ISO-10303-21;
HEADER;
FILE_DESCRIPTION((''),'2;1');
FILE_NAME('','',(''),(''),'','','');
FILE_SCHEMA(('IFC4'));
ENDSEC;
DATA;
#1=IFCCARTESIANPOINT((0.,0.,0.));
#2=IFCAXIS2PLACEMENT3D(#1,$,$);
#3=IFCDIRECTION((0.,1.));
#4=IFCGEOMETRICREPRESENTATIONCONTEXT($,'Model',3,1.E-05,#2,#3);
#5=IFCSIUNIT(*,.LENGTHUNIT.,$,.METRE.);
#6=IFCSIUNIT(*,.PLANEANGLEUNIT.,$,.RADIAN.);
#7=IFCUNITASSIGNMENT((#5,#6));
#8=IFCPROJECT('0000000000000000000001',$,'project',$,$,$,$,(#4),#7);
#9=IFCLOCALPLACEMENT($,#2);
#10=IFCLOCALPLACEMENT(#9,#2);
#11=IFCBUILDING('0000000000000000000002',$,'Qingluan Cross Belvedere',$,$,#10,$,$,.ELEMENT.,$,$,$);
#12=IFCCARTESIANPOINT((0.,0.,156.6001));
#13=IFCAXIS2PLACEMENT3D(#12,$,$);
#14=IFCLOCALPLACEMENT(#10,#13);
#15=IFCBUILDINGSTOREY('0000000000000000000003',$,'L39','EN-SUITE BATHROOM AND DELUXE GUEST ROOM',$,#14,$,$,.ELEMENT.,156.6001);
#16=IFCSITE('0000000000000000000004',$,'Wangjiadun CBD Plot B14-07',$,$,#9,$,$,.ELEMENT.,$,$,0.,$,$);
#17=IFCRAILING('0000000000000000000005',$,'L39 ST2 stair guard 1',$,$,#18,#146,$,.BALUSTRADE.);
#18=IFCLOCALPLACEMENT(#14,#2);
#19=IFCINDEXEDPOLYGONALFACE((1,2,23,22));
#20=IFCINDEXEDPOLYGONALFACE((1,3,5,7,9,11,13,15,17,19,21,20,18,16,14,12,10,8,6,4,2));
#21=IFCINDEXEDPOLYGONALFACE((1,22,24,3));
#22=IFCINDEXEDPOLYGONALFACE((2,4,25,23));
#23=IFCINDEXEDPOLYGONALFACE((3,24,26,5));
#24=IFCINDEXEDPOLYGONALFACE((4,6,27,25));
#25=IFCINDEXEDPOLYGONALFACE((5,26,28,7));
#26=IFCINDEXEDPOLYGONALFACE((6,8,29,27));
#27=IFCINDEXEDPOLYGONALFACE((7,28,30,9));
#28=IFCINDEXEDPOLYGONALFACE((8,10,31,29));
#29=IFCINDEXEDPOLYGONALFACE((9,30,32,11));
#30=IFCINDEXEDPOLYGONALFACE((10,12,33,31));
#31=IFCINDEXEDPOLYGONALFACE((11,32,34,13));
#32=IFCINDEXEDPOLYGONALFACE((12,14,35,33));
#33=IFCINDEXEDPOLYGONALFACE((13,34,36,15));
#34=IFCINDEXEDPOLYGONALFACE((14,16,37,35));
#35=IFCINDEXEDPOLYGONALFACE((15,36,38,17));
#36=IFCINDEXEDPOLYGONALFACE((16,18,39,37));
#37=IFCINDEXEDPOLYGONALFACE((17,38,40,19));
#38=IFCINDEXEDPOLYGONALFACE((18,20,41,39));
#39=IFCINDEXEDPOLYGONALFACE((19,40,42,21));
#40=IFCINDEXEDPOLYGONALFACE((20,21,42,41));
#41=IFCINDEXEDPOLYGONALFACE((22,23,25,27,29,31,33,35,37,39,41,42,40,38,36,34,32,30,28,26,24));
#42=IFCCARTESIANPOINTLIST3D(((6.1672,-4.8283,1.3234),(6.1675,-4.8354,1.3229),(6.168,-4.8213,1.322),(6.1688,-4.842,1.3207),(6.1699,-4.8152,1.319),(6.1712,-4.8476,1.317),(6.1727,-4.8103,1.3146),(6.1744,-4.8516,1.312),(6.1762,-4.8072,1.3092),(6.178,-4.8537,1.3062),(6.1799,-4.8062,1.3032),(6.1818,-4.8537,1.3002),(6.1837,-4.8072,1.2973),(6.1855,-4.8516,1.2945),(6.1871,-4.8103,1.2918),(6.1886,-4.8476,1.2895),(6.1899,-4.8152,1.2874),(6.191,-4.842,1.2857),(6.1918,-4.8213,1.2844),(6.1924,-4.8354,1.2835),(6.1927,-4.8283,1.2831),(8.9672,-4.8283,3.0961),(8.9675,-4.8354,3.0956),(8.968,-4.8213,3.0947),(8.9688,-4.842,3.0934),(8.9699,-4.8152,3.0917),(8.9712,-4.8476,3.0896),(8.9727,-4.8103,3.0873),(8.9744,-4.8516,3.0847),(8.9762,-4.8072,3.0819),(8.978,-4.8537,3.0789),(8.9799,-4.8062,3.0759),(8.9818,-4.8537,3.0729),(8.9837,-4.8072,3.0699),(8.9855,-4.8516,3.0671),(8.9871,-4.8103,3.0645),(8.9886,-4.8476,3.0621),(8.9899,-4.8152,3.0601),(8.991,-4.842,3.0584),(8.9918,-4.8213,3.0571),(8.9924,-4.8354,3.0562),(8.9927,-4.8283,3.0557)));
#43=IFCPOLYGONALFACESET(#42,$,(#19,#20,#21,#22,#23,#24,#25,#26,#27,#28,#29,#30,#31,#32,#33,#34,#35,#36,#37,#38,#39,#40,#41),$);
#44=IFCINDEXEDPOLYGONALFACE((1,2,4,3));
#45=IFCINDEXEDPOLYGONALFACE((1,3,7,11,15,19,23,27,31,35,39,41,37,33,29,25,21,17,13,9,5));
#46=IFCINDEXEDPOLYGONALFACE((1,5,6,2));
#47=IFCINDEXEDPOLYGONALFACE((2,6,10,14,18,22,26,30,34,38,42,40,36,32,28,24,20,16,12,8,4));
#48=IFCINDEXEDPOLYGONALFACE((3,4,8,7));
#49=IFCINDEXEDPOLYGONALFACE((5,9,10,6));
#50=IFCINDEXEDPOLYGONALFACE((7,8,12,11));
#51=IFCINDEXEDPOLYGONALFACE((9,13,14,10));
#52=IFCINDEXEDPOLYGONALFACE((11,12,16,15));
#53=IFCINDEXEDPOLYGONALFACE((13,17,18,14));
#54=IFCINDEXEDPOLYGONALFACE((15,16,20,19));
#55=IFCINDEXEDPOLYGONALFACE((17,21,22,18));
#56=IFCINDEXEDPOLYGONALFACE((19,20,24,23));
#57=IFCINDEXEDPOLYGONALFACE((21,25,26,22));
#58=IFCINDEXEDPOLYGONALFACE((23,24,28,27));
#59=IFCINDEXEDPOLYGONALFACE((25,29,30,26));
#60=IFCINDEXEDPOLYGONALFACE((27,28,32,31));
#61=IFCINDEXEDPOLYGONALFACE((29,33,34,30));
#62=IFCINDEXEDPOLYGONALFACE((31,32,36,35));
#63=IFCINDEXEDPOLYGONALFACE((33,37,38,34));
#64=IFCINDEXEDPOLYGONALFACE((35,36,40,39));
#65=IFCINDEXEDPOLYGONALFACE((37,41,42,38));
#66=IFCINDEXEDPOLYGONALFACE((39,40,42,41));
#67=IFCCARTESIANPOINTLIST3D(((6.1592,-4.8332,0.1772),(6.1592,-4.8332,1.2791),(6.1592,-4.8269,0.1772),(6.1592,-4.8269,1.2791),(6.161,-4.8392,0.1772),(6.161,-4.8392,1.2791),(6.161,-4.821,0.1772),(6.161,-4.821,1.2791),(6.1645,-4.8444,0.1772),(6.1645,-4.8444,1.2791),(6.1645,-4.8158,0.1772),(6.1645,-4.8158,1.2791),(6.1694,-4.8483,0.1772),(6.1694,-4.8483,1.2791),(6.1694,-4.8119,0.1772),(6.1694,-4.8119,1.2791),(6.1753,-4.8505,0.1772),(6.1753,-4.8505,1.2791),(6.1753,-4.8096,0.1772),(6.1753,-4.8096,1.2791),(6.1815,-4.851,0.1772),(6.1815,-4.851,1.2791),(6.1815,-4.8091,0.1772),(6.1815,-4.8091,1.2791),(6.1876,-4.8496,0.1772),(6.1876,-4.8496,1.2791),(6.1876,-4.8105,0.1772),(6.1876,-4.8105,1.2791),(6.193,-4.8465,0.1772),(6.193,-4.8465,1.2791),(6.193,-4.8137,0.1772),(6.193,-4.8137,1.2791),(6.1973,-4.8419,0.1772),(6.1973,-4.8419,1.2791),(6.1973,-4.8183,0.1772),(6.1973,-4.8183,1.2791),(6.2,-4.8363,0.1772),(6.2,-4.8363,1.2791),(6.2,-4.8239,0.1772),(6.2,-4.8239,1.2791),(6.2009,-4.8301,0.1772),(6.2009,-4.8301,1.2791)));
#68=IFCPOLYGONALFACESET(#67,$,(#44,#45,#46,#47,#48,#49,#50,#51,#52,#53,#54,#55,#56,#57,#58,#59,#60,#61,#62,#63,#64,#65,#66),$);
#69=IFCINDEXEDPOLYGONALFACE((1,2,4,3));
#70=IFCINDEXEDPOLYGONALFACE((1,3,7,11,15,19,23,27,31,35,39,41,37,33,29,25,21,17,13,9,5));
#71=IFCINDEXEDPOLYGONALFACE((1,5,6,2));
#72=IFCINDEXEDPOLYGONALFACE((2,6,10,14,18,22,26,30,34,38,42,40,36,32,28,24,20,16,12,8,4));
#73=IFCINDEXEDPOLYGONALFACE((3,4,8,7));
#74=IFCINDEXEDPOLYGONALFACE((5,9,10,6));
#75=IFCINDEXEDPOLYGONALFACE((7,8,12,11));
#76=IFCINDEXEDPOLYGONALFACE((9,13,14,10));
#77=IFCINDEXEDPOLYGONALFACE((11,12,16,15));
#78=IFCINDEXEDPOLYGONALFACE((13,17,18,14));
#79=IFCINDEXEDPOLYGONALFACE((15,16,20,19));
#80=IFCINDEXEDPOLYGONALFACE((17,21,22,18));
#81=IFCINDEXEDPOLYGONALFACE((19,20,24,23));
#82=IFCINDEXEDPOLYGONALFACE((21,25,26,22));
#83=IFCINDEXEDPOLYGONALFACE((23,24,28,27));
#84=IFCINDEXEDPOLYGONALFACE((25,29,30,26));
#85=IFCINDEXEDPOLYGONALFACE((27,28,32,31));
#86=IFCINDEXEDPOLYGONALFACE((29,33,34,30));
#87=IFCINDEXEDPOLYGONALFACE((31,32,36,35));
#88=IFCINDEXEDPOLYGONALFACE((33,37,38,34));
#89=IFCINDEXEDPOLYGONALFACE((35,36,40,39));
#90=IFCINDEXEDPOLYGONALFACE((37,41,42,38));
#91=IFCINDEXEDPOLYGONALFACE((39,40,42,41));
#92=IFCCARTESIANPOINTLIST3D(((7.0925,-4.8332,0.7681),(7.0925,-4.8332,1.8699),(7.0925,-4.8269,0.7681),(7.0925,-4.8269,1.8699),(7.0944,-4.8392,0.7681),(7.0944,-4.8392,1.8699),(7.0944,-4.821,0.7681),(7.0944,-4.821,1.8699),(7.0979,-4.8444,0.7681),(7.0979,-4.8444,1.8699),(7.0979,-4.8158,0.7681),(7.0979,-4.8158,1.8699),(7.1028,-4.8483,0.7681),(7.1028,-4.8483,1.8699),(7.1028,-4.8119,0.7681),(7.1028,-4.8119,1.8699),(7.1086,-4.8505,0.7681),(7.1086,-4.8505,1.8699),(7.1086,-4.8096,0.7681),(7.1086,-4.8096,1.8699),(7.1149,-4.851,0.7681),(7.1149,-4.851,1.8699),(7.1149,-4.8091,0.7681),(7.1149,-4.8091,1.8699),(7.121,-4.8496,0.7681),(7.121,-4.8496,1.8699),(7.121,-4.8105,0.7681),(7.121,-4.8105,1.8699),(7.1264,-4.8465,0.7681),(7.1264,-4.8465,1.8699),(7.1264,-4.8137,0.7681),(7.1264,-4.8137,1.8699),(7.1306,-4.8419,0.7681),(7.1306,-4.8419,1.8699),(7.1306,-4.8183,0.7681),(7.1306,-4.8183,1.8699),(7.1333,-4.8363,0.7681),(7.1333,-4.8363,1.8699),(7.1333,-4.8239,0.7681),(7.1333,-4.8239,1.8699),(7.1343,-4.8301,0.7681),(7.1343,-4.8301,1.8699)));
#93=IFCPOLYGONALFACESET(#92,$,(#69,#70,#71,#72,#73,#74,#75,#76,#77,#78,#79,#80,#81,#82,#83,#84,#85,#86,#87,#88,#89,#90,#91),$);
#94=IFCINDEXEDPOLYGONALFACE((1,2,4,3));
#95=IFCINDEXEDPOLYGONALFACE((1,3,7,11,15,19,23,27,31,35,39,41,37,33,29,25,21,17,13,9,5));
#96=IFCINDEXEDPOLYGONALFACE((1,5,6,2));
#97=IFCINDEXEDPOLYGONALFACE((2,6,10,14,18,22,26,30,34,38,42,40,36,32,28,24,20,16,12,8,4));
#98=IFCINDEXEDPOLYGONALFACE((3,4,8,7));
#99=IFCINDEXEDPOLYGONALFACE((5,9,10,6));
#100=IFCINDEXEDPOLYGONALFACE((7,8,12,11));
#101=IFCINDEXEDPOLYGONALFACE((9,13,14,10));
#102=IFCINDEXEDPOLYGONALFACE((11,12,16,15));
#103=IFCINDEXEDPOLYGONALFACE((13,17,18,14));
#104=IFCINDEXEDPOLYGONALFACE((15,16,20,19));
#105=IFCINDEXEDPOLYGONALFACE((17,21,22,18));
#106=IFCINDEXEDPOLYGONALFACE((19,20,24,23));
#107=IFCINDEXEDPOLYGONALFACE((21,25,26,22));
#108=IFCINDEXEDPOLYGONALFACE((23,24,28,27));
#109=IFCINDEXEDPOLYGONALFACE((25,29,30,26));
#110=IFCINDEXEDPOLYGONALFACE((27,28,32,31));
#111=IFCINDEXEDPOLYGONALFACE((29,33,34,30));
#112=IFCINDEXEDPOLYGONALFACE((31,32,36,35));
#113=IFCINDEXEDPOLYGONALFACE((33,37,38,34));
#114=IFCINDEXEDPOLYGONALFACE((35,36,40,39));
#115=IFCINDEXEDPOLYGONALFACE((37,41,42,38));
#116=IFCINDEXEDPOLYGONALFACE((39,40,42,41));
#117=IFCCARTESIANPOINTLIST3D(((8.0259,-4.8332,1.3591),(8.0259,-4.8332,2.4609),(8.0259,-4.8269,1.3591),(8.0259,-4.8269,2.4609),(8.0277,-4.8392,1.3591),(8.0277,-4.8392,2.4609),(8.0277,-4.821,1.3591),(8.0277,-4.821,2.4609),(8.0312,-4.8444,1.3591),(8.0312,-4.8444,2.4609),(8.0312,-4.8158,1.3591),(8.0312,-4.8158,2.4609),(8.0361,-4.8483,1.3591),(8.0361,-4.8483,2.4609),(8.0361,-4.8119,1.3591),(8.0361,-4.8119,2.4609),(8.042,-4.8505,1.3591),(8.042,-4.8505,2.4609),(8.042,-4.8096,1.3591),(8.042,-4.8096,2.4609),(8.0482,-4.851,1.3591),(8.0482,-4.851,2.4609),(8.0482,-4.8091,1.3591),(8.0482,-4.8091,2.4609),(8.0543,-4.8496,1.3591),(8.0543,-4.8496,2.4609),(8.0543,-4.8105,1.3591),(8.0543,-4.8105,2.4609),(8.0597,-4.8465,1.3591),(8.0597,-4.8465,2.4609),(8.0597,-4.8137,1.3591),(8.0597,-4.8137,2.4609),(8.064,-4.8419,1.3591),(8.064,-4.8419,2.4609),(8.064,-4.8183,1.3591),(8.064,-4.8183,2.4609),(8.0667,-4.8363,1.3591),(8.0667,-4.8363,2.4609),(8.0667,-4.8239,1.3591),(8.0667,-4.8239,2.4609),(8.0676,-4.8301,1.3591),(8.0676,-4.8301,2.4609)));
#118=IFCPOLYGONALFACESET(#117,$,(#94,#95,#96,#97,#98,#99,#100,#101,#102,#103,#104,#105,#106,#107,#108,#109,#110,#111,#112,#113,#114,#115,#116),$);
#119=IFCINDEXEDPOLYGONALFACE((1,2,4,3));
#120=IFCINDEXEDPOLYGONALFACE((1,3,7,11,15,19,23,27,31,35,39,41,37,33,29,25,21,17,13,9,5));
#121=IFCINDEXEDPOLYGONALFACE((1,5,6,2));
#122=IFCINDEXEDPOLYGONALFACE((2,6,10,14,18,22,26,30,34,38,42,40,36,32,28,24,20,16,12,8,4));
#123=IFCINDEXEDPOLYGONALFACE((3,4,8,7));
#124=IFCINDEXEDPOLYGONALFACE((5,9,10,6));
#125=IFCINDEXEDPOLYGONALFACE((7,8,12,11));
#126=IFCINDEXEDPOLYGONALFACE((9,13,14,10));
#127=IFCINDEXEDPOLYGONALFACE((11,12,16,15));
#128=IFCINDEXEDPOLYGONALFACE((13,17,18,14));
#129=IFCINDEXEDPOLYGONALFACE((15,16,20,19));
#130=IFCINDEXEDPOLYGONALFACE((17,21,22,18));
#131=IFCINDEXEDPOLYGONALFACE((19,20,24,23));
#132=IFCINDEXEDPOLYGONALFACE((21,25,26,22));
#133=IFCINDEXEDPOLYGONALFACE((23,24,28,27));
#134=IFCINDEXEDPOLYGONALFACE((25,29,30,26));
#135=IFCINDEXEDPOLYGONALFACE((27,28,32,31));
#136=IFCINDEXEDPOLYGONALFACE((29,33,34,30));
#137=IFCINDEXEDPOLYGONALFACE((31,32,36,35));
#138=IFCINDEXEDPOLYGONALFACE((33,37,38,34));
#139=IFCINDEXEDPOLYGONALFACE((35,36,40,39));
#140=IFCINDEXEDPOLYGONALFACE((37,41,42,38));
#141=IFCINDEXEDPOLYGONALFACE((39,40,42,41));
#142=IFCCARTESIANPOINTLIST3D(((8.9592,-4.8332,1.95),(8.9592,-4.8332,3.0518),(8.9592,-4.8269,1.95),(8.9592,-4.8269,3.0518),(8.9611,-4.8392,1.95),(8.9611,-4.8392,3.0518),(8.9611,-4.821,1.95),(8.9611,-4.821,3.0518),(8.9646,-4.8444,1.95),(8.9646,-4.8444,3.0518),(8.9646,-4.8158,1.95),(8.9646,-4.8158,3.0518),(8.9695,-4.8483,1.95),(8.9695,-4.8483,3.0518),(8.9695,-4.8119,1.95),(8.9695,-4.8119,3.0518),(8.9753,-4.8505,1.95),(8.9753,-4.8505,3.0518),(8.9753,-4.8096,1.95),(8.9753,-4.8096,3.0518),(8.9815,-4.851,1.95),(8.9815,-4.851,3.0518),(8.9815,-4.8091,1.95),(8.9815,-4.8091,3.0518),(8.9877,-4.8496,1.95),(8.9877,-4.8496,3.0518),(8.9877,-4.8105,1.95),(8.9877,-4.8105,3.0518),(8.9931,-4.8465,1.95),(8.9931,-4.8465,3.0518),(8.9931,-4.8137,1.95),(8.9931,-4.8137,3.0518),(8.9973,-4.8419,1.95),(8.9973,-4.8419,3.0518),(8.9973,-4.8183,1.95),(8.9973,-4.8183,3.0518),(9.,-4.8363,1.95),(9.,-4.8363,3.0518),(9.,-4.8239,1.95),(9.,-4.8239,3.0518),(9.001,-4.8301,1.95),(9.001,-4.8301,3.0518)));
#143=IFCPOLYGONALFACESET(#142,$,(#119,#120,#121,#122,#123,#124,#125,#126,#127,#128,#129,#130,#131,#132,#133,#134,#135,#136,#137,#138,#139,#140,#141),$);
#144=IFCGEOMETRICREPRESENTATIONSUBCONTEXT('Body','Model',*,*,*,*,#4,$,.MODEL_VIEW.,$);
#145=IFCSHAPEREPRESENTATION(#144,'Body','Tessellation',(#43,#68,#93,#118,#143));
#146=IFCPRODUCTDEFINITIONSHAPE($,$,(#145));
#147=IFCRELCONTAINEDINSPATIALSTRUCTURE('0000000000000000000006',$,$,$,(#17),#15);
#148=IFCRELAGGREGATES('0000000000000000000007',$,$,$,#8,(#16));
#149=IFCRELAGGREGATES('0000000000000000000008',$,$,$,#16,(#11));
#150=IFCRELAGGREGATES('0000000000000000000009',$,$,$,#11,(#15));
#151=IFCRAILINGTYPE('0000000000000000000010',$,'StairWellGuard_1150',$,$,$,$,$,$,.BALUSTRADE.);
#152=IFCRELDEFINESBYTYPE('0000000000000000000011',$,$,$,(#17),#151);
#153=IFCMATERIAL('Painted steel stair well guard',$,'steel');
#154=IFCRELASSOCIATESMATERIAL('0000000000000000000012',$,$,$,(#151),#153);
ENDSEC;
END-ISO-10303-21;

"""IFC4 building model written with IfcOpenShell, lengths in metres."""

from ifc_helpers import new_model, si_unit, direction, frame, origin, origin_2d, place, context, subcontext, project, spatial, circle, extrude, material, type_object, element, save


model = new_model("IFC4")

# Units and contexts
model_context = context("Model", 3, precision=1e-05, world=origin(), true_north=direction((0.0, 1.0)))
body_context = subcontext(model_context, "Body", "Model", "MODEL_VIEW")
ifc_project = project(units=[si_unit("LENGTHUNIT", "METRE"), si_unit("PLANEANGLEUNIT", "RADIAN")], contexts=[model_context])

# Site, building, storey
site_placement = place(None, origin())
site = spatial("IfcSite", under=ifc_project, at=site_placement, Name="Wangjiadun CBD Plot B14-07", CompositionType="ELEMENT", RefElevation=0.0)
building_placement = place(site_placement, origin())
building = spatial("IfcBuilding", under=site, at=building_placement, Name="Qingluan Cross Belvedere", CompositionType="ELEMENT")
storey_placement = place(building_placement, frame((0.0, 0.0, 156.6001)))
storey = spatial("IfcBuildingStorey", under=building, at=storey_placement, Name="L39", Description="EN-SUITE BATHROOM AND DELUXE GUEST ROOM", CompositionType="ELEMENT", Elevation=156.6001)

# Railing
ifc_material_1 = material(Name="Painted steel stair well guard", Category="steel")
railing_type_1 = type_object("IfcRailingType", Name="StairWellGuard_1150", PredefinedType="BALUSTRADE", material=ifc_material_1)
railing_1_placement = place(storey_placement, frame((6.1799, -4.8301, 0.1772)))
element("IfcRailing", 1, at=railing_1_placement, inside=storey, type_object=railing_type_1, Name="L39 ST2 stair guard 1", PredefinedType="BALUSTRADE", context=body_context, shape_type="SweptSolid", body=[
    extrude(circle(Radius=0.0239, at=origin_2d()), frame((0.0, 0.0, 1.126), z_axis=(0.844909, 0.0, 0.53491), x_axis=(0.0, 1.0, 0.0)), (0.0, 0.0, 1.0), 3.314),
    extrude(circle(Radius=0.021, at=origin_2d()), origin(), (0.0, 0.0, 1.0), 1.1018),
    extrude(circle(Radius=0.021, at=origin_2d()), frame((0.9333, 0.0, 0.5908)), (0.0, 0.0, 1.0), 1.1018),
    extrude(circle(Radius=0.021, at=origin_2d()), frame((1.8667, 0.0, 1.1819)), (0.0, 0.0, 1.0), 1.1018),
    extrude(circle(Radius=0.021, at=origin_2d()), frame((2.8, 0.0, 1.7727)), (0.0, 0.0, 1.0), 1.1018),
])

save(model, "model.ifc")
